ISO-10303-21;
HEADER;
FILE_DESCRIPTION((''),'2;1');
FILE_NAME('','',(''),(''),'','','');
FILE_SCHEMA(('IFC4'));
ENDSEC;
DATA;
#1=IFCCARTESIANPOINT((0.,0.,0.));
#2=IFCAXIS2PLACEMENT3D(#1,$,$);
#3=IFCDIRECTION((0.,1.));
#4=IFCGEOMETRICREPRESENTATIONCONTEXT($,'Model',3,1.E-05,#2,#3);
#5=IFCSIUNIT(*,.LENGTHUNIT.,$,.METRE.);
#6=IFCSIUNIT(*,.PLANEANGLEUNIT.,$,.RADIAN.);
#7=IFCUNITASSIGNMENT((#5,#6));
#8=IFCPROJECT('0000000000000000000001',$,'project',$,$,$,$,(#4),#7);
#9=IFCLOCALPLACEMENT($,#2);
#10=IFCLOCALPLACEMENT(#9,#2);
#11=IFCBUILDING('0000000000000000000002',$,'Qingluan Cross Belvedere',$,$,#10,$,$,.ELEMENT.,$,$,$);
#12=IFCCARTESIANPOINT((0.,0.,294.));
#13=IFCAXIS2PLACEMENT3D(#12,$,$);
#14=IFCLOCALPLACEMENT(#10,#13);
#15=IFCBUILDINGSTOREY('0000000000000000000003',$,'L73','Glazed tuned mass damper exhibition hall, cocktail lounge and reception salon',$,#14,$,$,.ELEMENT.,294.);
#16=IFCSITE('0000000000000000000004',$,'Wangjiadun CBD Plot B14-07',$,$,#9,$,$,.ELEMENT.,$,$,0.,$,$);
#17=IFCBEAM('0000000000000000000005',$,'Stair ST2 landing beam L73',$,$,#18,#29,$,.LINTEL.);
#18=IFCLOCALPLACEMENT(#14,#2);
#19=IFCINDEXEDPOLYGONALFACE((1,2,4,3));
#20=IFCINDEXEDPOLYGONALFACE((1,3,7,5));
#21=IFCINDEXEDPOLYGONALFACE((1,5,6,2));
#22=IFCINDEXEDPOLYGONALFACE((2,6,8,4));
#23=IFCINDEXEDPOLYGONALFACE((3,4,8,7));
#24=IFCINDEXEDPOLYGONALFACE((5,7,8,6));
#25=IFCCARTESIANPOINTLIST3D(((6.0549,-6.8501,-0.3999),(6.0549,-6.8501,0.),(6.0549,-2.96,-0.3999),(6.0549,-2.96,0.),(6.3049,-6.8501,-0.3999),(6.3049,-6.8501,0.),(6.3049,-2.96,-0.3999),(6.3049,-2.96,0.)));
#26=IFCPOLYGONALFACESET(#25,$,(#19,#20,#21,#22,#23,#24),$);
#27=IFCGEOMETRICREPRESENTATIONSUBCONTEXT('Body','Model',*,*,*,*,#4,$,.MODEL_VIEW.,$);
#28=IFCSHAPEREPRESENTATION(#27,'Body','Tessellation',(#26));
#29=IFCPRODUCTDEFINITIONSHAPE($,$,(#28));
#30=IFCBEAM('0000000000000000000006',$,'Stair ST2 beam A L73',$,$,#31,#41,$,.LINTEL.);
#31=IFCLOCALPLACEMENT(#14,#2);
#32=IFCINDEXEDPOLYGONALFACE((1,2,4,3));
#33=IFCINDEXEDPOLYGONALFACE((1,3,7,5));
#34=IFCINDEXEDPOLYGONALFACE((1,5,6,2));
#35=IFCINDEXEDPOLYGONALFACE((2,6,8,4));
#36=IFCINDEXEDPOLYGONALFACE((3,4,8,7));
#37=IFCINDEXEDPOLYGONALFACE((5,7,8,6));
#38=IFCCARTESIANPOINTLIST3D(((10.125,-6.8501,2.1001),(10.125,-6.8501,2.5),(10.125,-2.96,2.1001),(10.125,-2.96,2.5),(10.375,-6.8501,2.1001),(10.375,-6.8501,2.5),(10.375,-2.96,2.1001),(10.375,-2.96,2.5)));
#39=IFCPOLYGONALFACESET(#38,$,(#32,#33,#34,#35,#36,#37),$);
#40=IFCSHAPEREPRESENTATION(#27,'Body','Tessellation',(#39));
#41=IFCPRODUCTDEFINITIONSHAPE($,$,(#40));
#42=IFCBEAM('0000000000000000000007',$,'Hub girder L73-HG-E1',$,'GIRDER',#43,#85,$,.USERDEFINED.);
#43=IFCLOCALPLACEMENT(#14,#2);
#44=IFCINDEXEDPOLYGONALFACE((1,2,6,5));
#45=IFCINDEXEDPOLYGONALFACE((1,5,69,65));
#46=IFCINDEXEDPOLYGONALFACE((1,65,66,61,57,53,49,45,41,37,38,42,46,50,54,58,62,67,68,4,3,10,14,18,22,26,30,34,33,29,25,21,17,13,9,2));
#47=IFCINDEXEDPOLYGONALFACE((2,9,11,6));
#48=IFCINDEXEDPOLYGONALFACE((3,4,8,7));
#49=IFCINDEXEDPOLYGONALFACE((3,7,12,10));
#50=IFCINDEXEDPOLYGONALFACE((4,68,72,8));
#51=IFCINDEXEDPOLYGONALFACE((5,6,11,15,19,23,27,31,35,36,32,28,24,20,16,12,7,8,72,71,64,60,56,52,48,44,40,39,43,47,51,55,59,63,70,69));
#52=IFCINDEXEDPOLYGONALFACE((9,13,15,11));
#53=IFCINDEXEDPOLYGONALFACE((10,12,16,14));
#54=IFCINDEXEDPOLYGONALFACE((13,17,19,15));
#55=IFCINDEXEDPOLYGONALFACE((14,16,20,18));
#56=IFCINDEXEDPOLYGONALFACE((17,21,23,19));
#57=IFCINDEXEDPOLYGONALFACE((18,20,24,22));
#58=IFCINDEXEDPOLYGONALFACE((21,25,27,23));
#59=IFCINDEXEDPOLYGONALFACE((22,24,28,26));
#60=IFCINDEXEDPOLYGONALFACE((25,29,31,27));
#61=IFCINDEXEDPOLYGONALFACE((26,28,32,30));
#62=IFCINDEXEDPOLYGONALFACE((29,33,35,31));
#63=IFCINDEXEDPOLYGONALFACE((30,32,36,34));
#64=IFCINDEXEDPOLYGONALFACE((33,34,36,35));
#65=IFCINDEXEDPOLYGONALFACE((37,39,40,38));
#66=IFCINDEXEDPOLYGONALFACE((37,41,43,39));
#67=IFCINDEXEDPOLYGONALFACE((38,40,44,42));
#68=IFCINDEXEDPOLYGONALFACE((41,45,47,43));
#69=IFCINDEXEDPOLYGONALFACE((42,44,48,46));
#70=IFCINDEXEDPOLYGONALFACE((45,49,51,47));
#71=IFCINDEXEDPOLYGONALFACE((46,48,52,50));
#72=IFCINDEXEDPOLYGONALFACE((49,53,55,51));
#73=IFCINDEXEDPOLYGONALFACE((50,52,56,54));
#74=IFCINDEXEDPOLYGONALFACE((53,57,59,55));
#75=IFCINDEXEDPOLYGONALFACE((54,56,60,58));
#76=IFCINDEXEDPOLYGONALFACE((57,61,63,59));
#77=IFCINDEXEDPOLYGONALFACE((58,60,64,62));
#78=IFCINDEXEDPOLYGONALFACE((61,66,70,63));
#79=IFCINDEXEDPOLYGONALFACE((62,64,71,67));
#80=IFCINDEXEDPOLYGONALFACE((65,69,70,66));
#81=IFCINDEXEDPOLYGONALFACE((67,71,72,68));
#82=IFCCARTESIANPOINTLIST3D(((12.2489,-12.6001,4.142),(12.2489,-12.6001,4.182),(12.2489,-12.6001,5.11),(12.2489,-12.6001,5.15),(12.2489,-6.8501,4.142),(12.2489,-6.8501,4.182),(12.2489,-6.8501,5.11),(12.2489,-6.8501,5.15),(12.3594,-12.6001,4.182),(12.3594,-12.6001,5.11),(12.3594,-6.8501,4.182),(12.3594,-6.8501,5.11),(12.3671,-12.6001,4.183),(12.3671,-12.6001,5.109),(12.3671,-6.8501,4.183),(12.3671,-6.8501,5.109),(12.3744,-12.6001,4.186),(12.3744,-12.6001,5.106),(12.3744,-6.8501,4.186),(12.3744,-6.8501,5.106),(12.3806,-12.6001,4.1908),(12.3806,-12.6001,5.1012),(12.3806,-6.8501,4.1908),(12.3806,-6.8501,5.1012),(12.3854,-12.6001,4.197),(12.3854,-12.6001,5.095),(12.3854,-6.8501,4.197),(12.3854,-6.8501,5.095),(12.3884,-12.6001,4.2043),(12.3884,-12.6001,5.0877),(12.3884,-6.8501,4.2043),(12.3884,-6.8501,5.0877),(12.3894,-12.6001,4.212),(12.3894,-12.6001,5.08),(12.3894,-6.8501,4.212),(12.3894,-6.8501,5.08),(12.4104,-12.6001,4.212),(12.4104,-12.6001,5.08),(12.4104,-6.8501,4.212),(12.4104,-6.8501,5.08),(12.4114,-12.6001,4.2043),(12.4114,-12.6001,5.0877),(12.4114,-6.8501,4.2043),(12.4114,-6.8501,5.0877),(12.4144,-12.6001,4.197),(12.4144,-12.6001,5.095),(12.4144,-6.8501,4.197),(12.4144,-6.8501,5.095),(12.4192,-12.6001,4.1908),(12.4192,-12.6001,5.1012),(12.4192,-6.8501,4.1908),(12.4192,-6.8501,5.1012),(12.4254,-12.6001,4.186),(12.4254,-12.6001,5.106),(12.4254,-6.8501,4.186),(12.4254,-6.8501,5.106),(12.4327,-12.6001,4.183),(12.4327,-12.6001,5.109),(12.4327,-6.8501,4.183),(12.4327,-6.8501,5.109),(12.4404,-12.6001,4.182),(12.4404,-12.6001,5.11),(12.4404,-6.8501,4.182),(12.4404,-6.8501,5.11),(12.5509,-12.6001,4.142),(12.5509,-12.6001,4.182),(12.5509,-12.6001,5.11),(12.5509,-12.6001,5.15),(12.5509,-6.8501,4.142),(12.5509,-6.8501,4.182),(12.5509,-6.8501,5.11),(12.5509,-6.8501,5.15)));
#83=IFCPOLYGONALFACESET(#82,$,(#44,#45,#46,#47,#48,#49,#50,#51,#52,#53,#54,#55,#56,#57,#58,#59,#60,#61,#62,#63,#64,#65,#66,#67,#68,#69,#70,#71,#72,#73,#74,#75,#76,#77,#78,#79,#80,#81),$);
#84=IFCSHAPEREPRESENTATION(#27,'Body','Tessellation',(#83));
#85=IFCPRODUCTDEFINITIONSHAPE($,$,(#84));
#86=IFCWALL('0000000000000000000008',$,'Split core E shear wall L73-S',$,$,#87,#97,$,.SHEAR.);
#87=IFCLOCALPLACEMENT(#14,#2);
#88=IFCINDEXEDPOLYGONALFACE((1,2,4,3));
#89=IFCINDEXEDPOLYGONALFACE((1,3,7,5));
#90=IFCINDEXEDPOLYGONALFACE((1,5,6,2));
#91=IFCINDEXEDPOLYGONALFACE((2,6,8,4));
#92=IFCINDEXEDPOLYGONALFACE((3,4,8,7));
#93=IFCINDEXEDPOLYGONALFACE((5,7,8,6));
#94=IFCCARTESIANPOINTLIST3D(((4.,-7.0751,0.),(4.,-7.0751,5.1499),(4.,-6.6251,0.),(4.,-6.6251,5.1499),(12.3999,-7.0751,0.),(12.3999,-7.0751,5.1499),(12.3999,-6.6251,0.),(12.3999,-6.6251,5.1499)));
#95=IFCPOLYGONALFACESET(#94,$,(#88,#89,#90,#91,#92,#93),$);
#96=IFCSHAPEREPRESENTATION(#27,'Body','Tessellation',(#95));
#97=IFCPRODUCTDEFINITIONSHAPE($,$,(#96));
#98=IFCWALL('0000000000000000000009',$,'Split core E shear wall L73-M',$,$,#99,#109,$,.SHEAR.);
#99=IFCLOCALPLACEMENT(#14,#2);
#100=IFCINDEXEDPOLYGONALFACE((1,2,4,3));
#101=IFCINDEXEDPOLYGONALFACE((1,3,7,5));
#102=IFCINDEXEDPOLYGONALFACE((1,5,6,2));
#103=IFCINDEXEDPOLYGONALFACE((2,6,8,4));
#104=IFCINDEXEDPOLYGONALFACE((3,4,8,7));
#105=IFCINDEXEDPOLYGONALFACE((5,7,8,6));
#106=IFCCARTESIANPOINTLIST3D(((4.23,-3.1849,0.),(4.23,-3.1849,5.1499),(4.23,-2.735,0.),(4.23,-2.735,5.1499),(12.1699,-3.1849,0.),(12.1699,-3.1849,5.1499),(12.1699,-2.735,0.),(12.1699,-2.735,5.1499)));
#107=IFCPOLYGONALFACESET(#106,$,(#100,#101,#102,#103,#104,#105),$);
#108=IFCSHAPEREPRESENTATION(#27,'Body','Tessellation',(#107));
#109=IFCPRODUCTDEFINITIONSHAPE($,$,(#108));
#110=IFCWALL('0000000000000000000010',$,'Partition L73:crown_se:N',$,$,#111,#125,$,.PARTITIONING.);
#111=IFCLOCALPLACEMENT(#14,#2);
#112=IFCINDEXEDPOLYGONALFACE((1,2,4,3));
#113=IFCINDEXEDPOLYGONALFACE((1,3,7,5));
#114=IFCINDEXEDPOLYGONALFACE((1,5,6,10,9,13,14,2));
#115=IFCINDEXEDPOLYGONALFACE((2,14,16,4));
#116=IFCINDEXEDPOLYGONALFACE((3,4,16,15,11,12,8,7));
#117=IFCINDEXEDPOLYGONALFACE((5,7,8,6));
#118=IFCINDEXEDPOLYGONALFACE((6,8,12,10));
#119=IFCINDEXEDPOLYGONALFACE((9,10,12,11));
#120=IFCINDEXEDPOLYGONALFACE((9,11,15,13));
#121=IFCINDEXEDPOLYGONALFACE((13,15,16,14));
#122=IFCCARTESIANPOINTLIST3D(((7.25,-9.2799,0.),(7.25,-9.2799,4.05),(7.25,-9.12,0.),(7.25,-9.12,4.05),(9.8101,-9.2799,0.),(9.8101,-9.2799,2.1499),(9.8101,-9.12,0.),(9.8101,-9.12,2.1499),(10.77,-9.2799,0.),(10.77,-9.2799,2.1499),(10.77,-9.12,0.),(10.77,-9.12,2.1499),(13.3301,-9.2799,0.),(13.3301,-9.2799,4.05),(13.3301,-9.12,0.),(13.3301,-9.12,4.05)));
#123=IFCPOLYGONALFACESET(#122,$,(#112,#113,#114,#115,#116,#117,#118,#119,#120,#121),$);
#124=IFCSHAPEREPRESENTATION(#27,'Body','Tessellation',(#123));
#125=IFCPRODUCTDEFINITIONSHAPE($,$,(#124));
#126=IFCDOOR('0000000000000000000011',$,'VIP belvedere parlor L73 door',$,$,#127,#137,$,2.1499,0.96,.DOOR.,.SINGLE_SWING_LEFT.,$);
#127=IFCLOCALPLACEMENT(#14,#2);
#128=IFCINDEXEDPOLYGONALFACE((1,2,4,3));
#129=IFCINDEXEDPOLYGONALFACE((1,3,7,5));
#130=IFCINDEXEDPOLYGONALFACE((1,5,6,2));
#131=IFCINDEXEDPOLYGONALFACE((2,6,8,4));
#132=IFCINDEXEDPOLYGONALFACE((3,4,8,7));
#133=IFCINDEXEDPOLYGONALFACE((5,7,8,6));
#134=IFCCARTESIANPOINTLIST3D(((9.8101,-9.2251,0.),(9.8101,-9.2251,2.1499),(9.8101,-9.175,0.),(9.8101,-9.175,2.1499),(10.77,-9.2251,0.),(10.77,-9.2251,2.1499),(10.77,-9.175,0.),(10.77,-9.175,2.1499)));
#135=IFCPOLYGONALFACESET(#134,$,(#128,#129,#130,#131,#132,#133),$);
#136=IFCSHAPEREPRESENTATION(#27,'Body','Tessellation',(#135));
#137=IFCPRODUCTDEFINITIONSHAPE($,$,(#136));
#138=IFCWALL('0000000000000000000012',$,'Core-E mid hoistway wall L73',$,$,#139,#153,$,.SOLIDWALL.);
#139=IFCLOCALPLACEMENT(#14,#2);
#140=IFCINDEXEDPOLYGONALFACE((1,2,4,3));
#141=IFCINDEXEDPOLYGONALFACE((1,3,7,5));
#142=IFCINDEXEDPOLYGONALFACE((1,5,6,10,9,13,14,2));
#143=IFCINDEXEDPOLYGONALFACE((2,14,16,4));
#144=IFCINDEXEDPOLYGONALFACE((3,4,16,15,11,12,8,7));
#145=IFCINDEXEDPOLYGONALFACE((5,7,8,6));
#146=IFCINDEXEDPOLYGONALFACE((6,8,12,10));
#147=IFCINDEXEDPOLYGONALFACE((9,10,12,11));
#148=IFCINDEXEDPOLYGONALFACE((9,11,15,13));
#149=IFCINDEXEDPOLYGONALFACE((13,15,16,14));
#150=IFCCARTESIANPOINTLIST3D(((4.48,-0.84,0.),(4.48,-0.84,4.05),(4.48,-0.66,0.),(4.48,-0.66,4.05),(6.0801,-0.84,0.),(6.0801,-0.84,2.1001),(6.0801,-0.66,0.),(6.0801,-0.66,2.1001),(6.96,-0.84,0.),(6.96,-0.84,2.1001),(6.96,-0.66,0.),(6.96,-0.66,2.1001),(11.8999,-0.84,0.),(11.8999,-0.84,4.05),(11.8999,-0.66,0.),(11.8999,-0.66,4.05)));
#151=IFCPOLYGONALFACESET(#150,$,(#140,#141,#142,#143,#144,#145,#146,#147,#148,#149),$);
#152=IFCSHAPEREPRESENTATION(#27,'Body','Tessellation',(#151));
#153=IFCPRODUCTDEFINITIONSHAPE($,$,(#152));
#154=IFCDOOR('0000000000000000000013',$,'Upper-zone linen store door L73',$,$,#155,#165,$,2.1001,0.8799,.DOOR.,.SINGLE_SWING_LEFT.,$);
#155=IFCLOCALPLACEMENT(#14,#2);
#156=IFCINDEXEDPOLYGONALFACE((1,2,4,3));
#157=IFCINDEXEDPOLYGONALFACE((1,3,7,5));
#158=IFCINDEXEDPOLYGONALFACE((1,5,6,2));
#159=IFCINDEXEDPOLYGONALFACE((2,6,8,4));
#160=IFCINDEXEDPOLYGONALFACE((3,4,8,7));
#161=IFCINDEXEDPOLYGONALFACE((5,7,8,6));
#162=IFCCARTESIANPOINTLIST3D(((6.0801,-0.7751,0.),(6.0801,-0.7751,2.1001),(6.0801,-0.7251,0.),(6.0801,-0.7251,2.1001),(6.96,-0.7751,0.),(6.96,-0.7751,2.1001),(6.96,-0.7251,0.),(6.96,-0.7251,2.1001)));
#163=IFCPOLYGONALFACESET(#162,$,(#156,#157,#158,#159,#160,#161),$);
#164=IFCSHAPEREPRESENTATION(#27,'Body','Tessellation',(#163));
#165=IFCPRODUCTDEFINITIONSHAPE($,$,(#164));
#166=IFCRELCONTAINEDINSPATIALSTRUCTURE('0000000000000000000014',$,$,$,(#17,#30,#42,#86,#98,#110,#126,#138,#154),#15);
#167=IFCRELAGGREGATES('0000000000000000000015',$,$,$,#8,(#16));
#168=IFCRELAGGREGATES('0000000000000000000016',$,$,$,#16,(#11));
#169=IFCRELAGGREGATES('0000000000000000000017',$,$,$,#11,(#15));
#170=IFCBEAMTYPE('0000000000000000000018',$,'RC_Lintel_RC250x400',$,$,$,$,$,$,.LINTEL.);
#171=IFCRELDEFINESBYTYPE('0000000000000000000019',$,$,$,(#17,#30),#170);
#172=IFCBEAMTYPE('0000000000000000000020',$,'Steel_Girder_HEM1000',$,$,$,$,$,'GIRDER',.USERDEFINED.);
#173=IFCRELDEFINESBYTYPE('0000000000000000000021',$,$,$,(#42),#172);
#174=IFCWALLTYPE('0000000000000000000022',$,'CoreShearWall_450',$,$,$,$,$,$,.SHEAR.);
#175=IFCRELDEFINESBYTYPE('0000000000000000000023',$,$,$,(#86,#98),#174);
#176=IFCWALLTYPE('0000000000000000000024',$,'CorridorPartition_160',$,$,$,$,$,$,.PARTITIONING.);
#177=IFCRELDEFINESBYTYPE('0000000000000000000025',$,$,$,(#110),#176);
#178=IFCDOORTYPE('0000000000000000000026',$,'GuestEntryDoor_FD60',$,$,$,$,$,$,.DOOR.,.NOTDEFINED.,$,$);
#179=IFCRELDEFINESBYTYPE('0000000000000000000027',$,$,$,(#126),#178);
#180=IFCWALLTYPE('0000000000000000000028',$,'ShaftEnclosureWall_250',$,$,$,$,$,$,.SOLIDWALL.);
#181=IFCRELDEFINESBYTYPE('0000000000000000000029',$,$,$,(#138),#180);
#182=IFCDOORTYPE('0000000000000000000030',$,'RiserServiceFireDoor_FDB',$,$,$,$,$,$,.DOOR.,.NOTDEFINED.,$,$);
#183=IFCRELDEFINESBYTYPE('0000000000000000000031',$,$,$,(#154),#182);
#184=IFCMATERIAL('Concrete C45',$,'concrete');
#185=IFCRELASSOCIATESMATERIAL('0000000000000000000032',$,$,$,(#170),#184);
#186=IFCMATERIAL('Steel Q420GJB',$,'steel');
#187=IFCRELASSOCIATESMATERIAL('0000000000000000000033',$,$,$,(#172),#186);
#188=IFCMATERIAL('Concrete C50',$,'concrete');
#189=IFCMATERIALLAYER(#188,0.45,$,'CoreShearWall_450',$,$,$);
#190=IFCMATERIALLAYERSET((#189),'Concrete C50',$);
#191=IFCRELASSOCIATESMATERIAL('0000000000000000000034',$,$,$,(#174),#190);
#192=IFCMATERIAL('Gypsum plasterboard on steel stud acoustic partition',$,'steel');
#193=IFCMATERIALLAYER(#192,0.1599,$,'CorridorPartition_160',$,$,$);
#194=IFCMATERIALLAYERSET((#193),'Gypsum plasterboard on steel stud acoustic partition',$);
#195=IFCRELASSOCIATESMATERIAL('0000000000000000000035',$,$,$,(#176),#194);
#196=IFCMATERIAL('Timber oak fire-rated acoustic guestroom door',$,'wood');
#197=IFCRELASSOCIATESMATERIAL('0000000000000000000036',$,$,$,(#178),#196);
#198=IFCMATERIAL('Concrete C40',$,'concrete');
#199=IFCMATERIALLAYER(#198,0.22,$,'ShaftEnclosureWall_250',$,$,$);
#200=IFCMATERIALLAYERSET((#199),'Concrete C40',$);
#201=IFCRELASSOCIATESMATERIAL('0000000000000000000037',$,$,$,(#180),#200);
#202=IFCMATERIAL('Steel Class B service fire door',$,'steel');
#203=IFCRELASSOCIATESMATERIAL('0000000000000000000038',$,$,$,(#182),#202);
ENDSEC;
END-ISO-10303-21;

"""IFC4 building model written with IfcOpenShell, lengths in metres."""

from ifc_helpers import new_model, si_unit, direction, frame, frame_2d, origin, origin_2d, place, context, subcontext, project, spatial, rectangle, i_section, extrude, material, layer, layer_set, material_profile, profile_set, type_object, element, fill, save


model = new_model("IFC4")

# Units and contexts
model_context = context("Model", 3, precision=1e-05, world=origin(), true_north=direction((0.0, 1.0)))
body_context = subcontext(model_context, "Body", "Model", "MODEL_VIEW")
ifc_project = project(units=[si_unit("LENGTHUNIT", "METRE"), si_unit("PLANEANGLEUNIT", "RADIAN")], contexts=[model_context])

# Site, building, storey
site_placement = place(None, origin())
site = spatial("IfcSite", under=ifc_project, at=site_placement, Name="Wangjiadun CBD Plot B14-07", CompositionType="ELEMENT", RefElevation=0.0)
building_placement = place(site_placement, origin())
building = spatial("IfcBuilding", under=site, at=building_placement, Name="Qingluan Cross Belvedere", CompositionType="ELEMENT")
storey_placement = place(building_placement, frame((0.0, 0.0, 294.0)))
storey = spatial("IfcBuildingStorey", under=building, at=storey_placement, Name="L73", Description="Glazed tuned mass damper exhibition hall, cocktail lounge and reception salon", CompositionType="ELEMENT", Elevation=294.0)

# Beams
ifc_material_1 = material(Name="Concrete C45", Category="concrete")
ifc_material_profile_1 = material_profile(ifc_material_1, rectangle(XDim=0.25, YDim=0.3999, at=origin_2d()), Name="RC250x400")
ifc_profile_set_1 = profile_set([ifc_material_profile_1], Name="Concrete C45")
beam_type_1 = type_object("IfcBeamType", Name="RC_Lintel_RC250x400", PredefinedType="LINTEL", material=ifc_profile_set_1)
for number, where, z_axis, x_axis, name in (
    (1, (6.1799, -6.8501, -0.2), (0.0, 1.0, 0.0), (-1.0, 0.0, 0.0), "Stair ST2 landing beam L73"),
    (2, (10.25, -6.8501, 2.3), (0.0, 1.0, 0.0), (-1.0, 0.0, 0.0), "Stair ST2 beam A L73"),
):
    element("IfcBeam", number, at=place(storey_placement, frame(where, z_axis=z_axis, x_axis=x_axis)), inside=storey, type_object=beam_type_1, Name=name, PredefinedType="LINTEL", context=body_context, shape_type="SweptSolid", body=[
        extrude(rectangle(XDim=0.25, YDim=0.3999, at=origin_2d()), origin(), (0.0, 0.0, 1.0), 3.8901),
    ])
ifc_material_2 = material(Name="Steel Q420GJB", Category="steel")
ifc_material_profile_2 = material_profile(ifc_material_2, i_section(OverallWidth=0.302, OverallDepth=1.0081, WebThickness=0.021, FlangeThickness=0.04, FilletRadius=0.03, at=origin_2d()), Name="HEM1000")
ifc_profile_set_2 = profile_set([ifc_material_profile_2], Name="Steel Q420GJB")
beam_type_2 = type_object("IfcBeamType", Name="Steel_Girder_HEM1000", ElementType="GIRDER", PredefinedType="USERDEFINED", material=ifc_profile_set_2)
beam_placement = place(storey_placement, frame((12.3999, -12.6001, 4.646), z_axis=(0.0, 1.0, 0.0), x_axis=(-1.0, 0.0, 0.0)))
element("IfcBeam", 3, at=beam_placement, inside=storey, type_object=beam_type_2, Name="Hub girder L73-HG-E1", ObjectType="GIRDER", PredefinedType="USERDEFINED", context=body_context, shape_type="SweptSolid", body=[
    extrude(i_section(OverallWidth=0.302, OverallDepth=1.0081, WebThickness=0.021, FlangeThickness=0.04, FilletRadius=0.03, at=origin_2d()), origin(), (0.0, 0.0, 1.0), 5.75),
])

# Wall
ifc_material_3 = material(Name="Concrete C50", Category="concrete")
ifc_layer_1 = layer(ifc_material_3, 0.45, Name="CoreShearWall_450")
ifc_layer_set_1 = layer_set([ifc_layer_1], Name="Concrete C50")
wall_type_1 = type_object("IfcWallType", Name="CoreShearWall_450", PredefinedType="SHEAR", material=ifc_layer_set_1)
wall_1_placement = place(storey_placement, frame((4.0, -6.8501, 0.0), z_axis=(0.0, 0.0, 1.0), x_axis=(1.0, 0.0, 0.0)))
element("IfcWall", 4, at=wall_1_placement, inside=storey, type_object=wall_type_1, Name="Split core E shear wall L73-S", PredefinedType="SHEAR", context=body_context, shape_type="SweptSolid", body=[
    extrude(rectangle(XDim=8.3999, YDim=0.45, at=frame_2d((4.2, 0.0))), origin(), (0.0, 0.0, 1.0), 5.1499),
])

# Wall
wall_2_placement = place(storey_placement, frame((4.23, -2.96, 0.0), z_axis=(0.0, 0.0, 1.0), x_axis=(1.0, 0.0, 0.0)))
element("IfcWall", 5, at=wall_2_placement, inside=storey, type_object=wall_type_1, Name="Split core E shear wall L73-M", PredefinedType="SHEAR", context=body_context, shape_type="SweptSolid", body=[
    extrude(rectangle(XDim=7.9399, YDim=0.45, at=frame_2d((3.97, 0.0))), origin(), (0.0, 0.0, 1.0), 5.1499),
])

# Walls, openings, doors
ifc_material_4 = material(Name="Gypsum plasterboard on steel stud acoustic partition", Category="steel")
ifc_layer_2 = layer(ifc_material_4, 0.1599, Name="CorridorPartition_160")
ifc_layer_set_2 = layer_set([ifc_layer_2], Name="Gypsum plasterboard on steel stud acoustic partition")
wall_type_2 = type_object("IfcWallType", Name="CorridorPartition_160", PredefinedType="PARTITIONING", material=ifc_layer_set_2)
wall_3_placement = place(storey_placement, frame((7.25, -9.2, 0.0), z_axis=(0.0, 0.0, 1.0), x_axis=(1.0, 0.0, 0.0)))
wall_3 = element("IfcWall", 6, at=wall_3_placement, inside=storey, type_object=wall_type_2, Name="Partition L73:crown_se:N", PredefinedType="PARTITIONING", context=body_context, shape_type="SweptSolid", body=[
    extrude(rectangle(XDim=6.0801, YDim=0.1599, at=frame_2d((3.04, 0.0))), origin(), (0.0, 0.0, 1.0), 4.05),
])
opening_1_placement = place(wall_3_placement, frame((2.5601, 0.0, 0.0)))
opening_1 = element("IfcOpeningElement", 7, at=opening_1_placement, cuts=wall_3, PredefinedType="OPENING", context=body_context, shape_type="SweptSolid", body=[
    extrude(rectangle(XDim=0.96, YDim=2.1499, at=frame_2d((0.48, 1.075))), frame((0.0, 0.0898, 0.0), z_axis=(0.0, -1.0, 0.0), x_axis=(1.0, 0.0, 0.0)), (0.0, 0.0, 1.0), 0.1799),
])
ifc_material_5 = material(Name="Timber oak fire-rated acoustic guestroom door", Category="wood")
door_type_1 = type_object("IfcDoorType", Name="GuestEntryDoor_FD60", OperationType="NOTDEFINED", PredefinedType="DOOR", material=ifc_material_5)
door_1_placement = place(opening_1_placement, origin())
door_1 = element("IfcDoor", 8, at=door_1_placement, inside=storey, type_object=door_type_1, Name="VIP belvedere parlor L73 door", OperationType="SINGLE_SWING_LEFT", OverallHeight=2.1499, OverallWidth=0.96, PredefinedType="DOOR", context=body_context, shape_type="SweptSolid", body=[
    extrude(rectangle(XDim=0.96, YDim=2.1499, at=frame_2d((0.48, 1.075))), frame((0.0, 0.0249, 0.0), z_axis=(0.0, -1.0, 0.0), x_axis=(1.0, 0.0, 0.0)), (0.0, 0.0, 1.0), 0.05),
])
fill(opening_1, door_1)
ifc_material_6 = material(Name="Concrete C40", Category="concrete")
ifc_layer_3 = layer(ifc_material_6, 0.22, Name="ShaftEnclosureWall_250")
ifc_layer_set_3 = layer_set([ifc_layer_3], Name="Concrete C40")
wall_type_3 = type_object("IfcWallType", Name="ShaftEnclosureWall_250", PredefinedType="SOLIDWALL", material=ifc_layer_set_3)
wall_4_placement = place(storey_placement, frame((4.48, -0.75, 0.0), z_axis=(0.0, 0.0, 1.0), x_axis=(1.0, 0.0, 0.0)))
wall_4 = element("IfcWall", 9, at=wall_4_placement, inside=storey, type_object=wall_type_3, Name="Core-E mid hoistway wall L73", PredefinedType="SOLIDWALL", context=body_context, shape_type="SweptSolid", body=[
    extrude(rectangle(XDim=7.4199, YDim=0.1799, at=frame_2d((3.71, 0.0))), origin(), (0.0, 0.0, 1.0), 4.05),
])
opening_2_placement = place(wall_4_placement, frame((1.6001, 0.0, 0.0)))
opening_2 = element("IfcOpeningElement", 10, at=opening_2_placement, cuts=wall_4, PredefinedType="OPENING", context=body_context, shape_type="SweptSolid", body=[
    extrude(rectangle(XDim=0.8799, YDim=2.1001, at=frame_2d((0.4399, 1.05))), frame((0.0, 0.0999, 0.0), z_axis=(0.0, -1.0, 0.0), x_axis=(1.0, 0.0, 0.0)), (0.0, 0.0, 1.0), 0.2),
])
ifc_material_7 = material(Name="Steel Class B service fire door", Category="steel")
door_type_2 = type_object("IfcDoorType", Name="RiserServiceFireDoor_FDB", OperationType="NOTDEFINED", PredefinedType="DOOR", material=ifc_material_7)
door_2_placement = place(opening_2_placement, origin())
door_2 = element("IfcDoor", 11, at=door_2_placement, inside=storey, type_object=door_type_2, Name="Upper-zone linen store door L73", OperationType="SINGLE_SWING_LEFT", OverallHeight=2.1001, OverallWidth=0.8799, PredefinedType="DOOR", context=body_context, shape_type="SweptSolid", body=[
    extrude(rectangle(XDim=0.8799, YDim=2.1001, at=frame_2d((0.4399, 1.05))), frame((0.0, 0.0249, 0.0), z_axis=(0.0, -1.0, 0.0), x_axis=(1.0, 0.0, 0.0)), (0.0, 0.0, 1.0), 0.05),
])
fill(opening_2, door_2)

save(model, "model.ifc")
